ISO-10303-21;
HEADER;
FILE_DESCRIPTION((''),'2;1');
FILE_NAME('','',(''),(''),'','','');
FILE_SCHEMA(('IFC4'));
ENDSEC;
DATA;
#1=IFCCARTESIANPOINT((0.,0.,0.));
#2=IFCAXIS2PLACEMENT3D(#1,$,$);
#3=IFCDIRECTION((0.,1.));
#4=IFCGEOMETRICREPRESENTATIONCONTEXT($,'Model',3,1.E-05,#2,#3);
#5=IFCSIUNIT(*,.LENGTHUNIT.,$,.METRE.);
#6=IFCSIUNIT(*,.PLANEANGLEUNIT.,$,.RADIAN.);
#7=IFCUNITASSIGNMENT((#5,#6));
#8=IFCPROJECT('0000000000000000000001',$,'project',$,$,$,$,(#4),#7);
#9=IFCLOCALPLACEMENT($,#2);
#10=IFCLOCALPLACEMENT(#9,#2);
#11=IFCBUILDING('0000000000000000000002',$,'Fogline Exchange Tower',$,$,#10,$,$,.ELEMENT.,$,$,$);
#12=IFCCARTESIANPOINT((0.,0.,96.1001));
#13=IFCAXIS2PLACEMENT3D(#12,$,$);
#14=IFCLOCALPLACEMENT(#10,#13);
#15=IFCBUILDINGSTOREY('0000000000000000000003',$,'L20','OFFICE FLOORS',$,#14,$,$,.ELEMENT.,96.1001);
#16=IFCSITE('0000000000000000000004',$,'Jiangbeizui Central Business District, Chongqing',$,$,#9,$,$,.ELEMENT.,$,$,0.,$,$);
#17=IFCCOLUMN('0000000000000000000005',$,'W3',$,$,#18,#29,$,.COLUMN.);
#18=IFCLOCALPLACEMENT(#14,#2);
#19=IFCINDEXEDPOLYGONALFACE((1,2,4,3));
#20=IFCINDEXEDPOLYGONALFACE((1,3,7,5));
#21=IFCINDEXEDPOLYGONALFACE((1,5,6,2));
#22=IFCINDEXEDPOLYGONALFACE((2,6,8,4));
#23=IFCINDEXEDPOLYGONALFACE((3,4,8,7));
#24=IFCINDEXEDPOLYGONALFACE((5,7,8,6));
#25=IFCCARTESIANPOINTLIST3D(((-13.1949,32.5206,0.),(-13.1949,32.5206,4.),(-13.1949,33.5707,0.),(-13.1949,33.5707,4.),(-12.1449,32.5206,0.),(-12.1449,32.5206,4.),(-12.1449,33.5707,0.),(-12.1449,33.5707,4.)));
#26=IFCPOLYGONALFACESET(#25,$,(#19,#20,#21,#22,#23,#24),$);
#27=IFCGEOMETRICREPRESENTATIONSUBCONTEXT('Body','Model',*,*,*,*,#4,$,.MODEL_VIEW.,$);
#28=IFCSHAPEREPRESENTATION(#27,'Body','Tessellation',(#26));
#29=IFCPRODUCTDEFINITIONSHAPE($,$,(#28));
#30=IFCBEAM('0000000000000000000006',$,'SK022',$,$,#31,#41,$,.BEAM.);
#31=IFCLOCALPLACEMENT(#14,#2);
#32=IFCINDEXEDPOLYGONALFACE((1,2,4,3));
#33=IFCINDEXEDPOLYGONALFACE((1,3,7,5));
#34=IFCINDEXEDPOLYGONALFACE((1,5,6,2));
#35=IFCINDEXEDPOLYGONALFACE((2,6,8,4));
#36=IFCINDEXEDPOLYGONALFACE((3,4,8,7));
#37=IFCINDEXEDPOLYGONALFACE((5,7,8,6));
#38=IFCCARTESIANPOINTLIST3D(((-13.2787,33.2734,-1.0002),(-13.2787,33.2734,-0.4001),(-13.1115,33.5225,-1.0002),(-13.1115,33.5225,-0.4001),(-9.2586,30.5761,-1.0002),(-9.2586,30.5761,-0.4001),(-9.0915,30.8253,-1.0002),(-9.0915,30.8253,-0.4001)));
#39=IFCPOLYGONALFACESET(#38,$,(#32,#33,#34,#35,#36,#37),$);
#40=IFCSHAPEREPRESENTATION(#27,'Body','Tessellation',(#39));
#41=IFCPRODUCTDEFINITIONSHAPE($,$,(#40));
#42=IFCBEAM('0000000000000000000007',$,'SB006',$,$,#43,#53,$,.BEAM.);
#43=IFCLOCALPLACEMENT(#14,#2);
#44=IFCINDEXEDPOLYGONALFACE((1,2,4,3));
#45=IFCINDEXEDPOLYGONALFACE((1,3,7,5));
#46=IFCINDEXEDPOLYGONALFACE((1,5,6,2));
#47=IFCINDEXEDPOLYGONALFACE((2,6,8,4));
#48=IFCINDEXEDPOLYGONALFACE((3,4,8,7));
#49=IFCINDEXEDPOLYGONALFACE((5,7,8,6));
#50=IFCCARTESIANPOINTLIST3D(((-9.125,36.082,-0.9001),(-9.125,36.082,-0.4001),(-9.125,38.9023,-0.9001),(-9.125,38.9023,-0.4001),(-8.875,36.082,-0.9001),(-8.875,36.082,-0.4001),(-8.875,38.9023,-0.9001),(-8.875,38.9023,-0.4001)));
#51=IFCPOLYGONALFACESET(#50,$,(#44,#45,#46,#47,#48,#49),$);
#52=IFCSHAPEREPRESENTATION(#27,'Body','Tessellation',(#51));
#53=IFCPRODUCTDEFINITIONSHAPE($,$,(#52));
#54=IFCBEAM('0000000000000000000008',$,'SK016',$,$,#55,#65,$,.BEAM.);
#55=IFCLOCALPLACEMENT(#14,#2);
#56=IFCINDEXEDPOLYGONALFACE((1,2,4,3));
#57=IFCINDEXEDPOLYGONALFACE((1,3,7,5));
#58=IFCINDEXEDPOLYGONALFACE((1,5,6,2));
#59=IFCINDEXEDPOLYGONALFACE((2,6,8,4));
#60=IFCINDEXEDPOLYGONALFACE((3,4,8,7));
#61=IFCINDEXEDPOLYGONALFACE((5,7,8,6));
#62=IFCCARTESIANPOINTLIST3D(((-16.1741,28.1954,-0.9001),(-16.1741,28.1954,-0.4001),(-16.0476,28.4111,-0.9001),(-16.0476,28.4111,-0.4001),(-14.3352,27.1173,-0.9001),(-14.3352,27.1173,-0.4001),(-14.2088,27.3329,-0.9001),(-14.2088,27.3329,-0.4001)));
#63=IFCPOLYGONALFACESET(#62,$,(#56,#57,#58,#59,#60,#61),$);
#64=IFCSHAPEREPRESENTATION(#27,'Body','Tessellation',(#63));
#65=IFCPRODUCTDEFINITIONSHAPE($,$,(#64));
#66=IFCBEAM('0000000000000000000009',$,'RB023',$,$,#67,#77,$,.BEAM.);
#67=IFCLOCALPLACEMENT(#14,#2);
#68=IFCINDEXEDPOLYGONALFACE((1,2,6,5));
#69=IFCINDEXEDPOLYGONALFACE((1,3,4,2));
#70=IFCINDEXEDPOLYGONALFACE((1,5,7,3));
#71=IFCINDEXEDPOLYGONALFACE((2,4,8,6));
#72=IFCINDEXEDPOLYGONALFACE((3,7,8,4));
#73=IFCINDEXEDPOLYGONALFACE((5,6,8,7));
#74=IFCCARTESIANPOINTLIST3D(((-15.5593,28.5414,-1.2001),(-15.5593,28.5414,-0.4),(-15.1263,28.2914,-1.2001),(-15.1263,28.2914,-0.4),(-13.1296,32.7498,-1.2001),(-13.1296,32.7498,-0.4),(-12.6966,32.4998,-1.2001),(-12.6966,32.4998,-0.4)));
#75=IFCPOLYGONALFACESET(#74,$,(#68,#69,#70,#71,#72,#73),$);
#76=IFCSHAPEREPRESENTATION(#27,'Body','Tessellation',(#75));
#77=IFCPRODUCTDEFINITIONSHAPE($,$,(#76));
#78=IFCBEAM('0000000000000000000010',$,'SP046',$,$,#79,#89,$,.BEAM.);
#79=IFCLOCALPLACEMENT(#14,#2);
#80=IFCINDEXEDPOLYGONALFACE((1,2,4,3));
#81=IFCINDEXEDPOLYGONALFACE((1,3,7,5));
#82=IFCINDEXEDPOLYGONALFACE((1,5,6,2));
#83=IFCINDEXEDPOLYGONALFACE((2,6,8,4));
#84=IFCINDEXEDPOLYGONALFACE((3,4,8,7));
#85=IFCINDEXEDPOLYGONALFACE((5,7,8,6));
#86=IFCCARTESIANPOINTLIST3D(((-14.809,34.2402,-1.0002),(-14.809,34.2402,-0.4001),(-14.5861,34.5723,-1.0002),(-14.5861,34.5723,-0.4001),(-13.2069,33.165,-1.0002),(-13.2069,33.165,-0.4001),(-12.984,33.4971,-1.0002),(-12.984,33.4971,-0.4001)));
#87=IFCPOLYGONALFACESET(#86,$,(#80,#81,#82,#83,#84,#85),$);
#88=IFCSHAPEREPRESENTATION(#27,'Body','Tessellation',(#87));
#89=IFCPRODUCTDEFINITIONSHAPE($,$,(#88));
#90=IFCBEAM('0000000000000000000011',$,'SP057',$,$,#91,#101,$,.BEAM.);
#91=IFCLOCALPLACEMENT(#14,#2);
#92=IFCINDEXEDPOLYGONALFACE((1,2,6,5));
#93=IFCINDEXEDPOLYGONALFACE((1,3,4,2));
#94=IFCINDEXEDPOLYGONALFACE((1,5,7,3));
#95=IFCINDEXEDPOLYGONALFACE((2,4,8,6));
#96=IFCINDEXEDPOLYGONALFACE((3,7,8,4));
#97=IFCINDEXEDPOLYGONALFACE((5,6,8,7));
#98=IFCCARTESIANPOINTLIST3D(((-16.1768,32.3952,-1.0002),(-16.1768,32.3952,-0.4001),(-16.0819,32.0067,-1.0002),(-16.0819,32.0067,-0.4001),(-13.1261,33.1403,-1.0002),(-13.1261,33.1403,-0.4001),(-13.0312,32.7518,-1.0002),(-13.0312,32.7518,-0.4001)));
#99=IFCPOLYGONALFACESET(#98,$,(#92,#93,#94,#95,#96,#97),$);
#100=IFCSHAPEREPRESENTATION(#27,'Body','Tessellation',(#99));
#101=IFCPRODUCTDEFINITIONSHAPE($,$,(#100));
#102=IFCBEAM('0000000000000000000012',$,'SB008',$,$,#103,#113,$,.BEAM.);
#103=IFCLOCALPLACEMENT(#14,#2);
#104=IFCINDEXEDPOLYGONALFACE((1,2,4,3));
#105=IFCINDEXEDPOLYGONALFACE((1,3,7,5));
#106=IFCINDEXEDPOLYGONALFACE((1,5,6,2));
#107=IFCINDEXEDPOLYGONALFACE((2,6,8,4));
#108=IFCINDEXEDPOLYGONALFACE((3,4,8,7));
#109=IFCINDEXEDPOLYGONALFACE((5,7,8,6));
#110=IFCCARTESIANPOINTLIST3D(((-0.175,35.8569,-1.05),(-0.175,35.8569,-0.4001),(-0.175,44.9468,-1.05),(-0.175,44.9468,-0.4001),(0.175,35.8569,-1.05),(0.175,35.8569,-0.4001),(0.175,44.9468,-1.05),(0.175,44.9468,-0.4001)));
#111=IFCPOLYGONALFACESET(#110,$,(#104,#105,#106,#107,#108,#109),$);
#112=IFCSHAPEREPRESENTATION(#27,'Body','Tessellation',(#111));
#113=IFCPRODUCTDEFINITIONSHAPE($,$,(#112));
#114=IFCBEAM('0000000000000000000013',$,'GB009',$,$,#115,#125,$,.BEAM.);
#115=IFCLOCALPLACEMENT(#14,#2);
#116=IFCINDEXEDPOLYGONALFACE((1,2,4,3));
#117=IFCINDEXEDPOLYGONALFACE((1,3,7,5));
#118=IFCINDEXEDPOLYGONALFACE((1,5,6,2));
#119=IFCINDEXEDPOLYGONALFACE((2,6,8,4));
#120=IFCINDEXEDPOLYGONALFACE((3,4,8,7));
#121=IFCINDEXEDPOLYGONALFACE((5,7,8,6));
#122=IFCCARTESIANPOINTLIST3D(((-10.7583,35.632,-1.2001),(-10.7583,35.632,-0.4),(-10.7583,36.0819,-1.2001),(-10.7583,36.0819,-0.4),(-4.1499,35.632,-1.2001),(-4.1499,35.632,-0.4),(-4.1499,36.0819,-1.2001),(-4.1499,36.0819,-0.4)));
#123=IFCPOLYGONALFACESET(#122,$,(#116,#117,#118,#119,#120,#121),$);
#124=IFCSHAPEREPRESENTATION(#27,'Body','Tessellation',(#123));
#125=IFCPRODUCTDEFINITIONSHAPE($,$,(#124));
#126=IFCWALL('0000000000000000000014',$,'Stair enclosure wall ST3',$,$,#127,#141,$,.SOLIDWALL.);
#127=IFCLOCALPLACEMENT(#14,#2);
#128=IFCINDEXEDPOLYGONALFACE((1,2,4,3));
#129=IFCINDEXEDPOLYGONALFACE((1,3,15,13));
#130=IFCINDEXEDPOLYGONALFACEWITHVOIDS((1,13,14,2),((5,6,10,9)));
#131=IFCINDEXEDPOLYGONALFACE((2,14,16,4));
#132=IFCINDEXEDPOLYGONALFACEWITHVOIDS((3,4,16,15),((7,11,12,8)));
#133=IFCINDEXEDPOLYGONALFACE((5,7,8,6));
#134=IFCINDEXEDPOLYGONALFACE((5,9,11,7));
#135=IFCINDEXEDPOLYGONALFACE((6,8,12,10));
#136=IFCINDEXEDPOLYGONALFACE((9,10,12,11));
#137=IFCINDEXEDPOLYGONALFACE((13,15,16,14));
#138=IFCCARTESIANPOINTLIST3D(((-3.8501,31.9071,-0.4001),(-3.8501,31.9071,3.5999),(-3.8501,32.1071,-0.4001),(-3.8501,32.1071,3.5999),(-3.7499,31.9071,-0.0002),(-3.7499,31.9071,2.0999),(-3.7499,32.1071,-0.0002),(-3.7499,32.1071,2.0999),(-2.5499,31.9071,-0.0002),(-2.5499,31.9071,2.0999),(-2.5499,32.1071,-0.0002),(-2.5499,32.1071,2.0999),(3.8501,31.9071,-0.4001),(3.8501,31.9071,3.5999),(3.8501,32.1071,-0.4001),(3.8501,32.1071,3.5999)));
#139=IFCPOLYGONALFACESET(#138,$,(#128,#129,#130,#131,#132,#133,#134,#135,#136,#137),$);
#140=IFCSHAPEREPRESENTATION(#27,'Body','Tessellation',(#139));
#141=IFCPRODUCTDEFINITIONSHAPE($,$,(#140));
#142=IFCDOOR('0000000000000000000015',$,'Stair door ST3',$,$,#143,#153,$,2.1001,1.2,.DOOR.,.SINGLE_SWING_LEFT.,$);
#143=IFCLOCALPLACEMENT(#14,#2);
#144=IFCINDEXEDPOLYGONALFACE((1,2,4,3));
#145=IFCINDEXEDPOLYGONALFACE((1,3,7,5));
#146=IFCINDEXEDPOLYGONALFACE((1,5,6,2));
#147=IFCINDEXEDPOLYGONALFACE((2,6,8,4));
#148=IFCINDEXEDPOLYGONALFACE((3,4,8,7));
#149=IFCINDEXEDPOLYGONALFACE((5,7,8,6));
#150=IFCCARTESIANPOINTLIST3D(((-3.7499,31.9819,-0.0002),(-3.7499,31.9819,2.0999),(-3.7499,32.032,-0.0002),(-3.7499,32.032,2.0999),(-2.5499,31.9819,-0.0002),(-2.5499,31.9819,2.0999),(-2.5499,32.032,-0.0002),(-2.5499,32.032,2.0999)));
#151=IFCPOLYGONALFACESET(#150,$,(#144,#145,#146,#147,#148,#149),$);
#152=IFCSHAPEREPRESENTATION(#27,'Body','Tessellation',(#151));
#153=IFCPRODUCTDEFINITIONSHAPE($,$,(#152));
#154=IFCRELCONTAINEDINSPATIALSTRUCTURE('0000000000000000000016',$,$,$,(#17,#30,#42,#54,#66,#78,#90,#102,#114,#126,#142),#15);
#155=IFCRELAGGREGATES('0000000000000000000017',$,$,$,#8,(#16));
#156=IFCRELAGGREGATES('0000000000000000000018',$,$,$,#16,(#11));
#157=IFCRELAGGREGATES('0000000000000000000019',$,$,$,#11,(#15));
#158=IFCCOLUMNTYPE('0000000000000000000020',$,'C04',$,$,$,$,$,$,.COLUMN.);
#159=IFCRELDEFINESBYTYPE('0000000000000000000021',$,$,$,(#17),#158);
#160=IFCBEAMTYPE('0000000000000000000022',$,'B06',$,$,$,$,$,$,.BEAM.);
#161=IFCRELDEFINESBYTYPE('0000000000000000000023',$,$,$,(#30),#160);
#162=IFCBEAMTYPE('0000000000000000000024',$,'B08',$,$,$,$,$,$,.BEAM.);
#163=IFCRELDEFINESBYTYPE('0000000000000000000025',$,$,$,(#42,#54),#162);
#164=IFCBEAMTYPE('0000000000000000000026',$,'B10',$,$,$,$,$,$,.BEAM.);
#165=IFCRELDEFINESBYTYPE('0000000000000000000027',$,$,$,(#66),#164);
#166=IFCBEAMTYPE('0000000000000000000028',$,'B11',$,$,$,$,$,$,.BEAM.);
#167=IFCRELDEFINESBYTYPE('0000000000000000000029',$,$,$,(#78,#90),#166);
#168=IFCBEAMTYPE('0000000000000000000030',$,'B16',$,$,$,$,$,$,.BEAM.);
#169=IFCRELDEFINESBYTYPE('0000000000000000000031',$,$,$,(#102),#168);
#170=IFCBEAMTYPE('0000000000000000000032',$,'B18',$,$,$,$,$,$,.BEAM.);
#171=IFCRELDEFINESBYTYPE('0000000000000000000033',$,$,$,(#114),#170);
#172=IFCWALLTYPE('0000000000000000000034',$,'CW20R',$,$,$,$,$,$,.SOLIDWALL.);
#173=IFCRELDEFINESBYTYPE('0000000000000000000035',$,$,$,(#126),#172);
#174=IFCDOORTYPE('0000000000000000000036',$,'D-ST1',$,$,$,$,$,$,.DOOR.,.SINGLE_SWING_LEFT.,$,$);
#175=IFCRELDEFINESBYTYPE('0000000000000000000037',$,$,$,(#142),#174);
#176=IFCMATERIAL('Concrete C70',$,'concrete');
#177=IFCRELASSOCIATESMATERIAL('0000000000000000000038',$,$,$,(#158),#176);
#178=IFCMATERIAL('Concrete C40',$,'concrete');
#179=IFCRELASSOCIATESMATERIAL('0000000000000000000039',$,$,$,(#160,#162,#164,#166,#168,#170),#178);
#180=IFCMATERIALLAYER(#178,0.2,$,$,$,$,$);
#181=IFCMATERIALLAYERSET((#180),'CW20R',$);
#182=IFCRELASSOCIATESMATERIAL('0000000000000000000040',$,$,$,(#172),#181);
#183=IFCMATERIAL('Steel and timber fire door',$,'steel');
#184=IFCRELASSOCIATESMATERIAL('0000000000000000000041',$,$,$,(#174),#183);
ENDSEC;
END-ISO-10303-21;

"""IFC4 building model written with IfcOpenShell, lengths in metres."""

from ifc_helpers import new_model, si_unit, direction, frame, frame_2d, origin, origin_2d, place, context, subcontext, project, spatial, rectangle, extrude, material, layer, layer_set, material_profile, profile_set, type_object, element, fill, save


model = new_model("IFC4")

# Units and contexts
model_context = context("Model", 3, precision=1e-05, world=origin(), true_north=direction((0.0, 1.0)))
body_context = subcontext(model_context, "Body", "Model", "MODEL_VIEW")
ifc_project = project(units=[si_unit("LENGTHUNIT", "METRE"), si_unit("PLANEANGLEUNIT", "RADIAN")], contexts=[model_context])

# Site, building, storey
site_placement = place(None, origin())
site = spatial("IfcSite", under=ifc_project, at=site_placement, Name="Jiangbeizui Central Business District, Chongqing", CompositionType="ELEMENT", RefElevation=0.0)
building_placement = place(site_placement, origin())
building = spatial("IfcBuilding", under=site, at=building_placement, Name="Fogline Exchange Tower", CompositionType="ELEMENT")
storey_placement = place(building_placement, frame((0.0, 0.0, 96.1001)))
storey = spatial("IfcBuildingStorey", under=building, at=storey_placement, Name="L20", Description="OFFICE FLOORS", CompositionType="ELEMENT", Elevation=96.1001)

# Column
ifc_material_1 = material(Name="Concrete C70", Category="concrete")
ifc_material_profile_1 = material_profile(ifc_material_1, rectangle(XDim=1.05, YDim=1.05, at=origin_2d()), Name="RC 1050x1050")
ifc_profile_set_1 = profile_set([ifc_material_profile_1], Name="Concrete C70")
column_type = type_object("IfcColumnType", Name="C04", PredefinedType="COLUMN", material=ifc_profile_set_1)
column_placement = place(storey_placement, frame((-12.6699, 33.0457, 0.0), z_axis=(0.0, 0.0, 1.0), x_axis=(1.0, 0.0, 0.0)))
element("IfcColumn", 1, at=column_placement, inside=storey, type_object=column_type, Name="W3", PredefinedType="COLUMN", context=body_context, shape_type="SweptSolid", body=[
    extrude(rectangle(XDim=1.05, YDim=1.05, at=origin_2d()), origin(), (0.0, 0.0, 1.0), 4.0),
])

# Beams
ifc_material_2 = material(Name="Concrete C40", Category="concrete")
ifc_material_profile_2 = material_profile(ifc_material_2, rectangle(XDim=0.3, YDim=0.6001, at=origin_2d()), Name="RC 300x600")
ifc_profile_set_2 = profile_set([ifc_material_profile_2], Name="Concrete C40")
beam_type_1 = type_object("IfcBeamType", Name="B06", PredefinedType="BEAM", material=ifc_profile_set_2)
beam_1_placement = place(storey_placement, frame((-13.1951, 33.3979, -0.7002), z_axis=(0.830402, -0.557165, 0.0), x_axis=(0.557165, 0.830402, 0.0)))
element("IfcBeam", 2, at=beam_1_placement, inside=storey, type_object=beam_type_1, Name="SK022", PredefinedType="BEAM", context=body_context, shape_type="SweptSolid", body=[
    extrude(rectangle(XDim=0.3, YDim=0.6001, at=origin_2d()), origin(), (0.0, 0.0, 1.0), 4.8411),
])
ifc_material_profile_3 = material_profile(ifc_material_2, rectangle(XDim=0.25, YDim=0.5, at=origin_2d()), Name="RC 250x500")
ifc_profile_set_3 = profile_set([ifc_material_profile_3], Name="Concrete C40")
beam_type_2 = type_object("IfcBeamType", Name="B08", PredefinedType="BEAM", material=ifc_profile_set_3)
beam_2_placement = place(storey_placement, frame((-9.0, 36.082, -0.6501), z_axis=(0.0, 1.0, 0.0), x_axis=(-1.0, 0.0, 0.0)))
element("IfcBeam", 3, at=beam_2_placement, inside=storey, type_object=beam_type_2, Name="SB006", PredefinedType="BEAM", context=body_context, shape_type="SweptSolid", body=[
    extrude(rectangle(XDim=0.25, YDim=0.5, at=origin_2d()), origin(), (0.0, 0.0, 1.0), 2.8203),
])
beam_3_placement = place(storey_placement, frame((-16.1108, 28.3032, -0.6501), z_axis=(0.862664, -0.505778, 0.0), x_axis=(0.505778, 0.862664, 0.0)))
element("IfcBeam", 4, at=beam_3_placement, inside=storey, type_object=beam_type_2, Name="SK016", PredefinedType="BEAM", context=body_context, shape_type="SweptSolid", body=[
    extrude(rectangle(XDim=0.25, YDim=0.5, at=origin_2d()), origin(), (0.0, 0.0, 1.0), 2.1316),
])
ifc_material_profile_4 = material_profile(ifc_material_2, rectangle(XDim=0.5, YDim=0.8, at=origin_2d()), Name="RC 500x800")
ifc_profile_set_4 = profile_set([ifc_material_profile_4], Name="Concrete C40")
beam_type_3 = type_object("IfcBeamType", Name="B10", PredefinedType="BEAM", material=ifc_profile_set_4)
beam_4_placement = place(storey_placement, frame((-12.9131, 32.6248, -0.8), z_axis=(-0.500008, -0.866021, 0.0), x_axis=(0.866021, -0.500008, 0.0)))
element("IfcBeam", 5, at=beam_4_placement, inside=storey, type_object=beam_type_3, Name="RB023", PredefinedType="BEAM", context=body_context, shape_type="SweptSolid", body=[
    extrude(rectangle(XDim=0.5, YDim=0.8, at=origin_2d()), origin(), (0.0, 0.0, 1.0), 4.8594),
])
ifc_material_profile_5 = material_profile(ifc_material_2, rectangle(XDim=0.3999, YDim=0.6001, at=origin_2d()), Name="RC 400x600")
ifc_profile_set_5 = profile_set([ifc_material_profile_5], Name="Concrete C40")
beam_type_4 = type_object("IfcBeamType", Name="B11", PredefinedType="BEAM", material=ifc_profile_set_5)
beam_5_placement = place(storey_placement, frame((-13.0955, 33.3311, -0.7002), z_axis=(-0.830333, 0.557267, 0.0), x_axis=(-0.557267, -0.830333, 0.0)))
element("IfcBeam", 6, at=beam_5_placement, inside=storey, type_object=beam_type_4, Name="SP046", PredefinedType="BEAM", context=body_context, shape_type="SweptSolid", body=[
    extrude(rectangle(XDim=0.3999, YDim=0.6001, at=origin_2d()), origin(), (0.0, 0.0, 1.0), 1.9294),
])
beam_6_placement = place(storey_placement, frame((-13.0786, 32.946, -0.7002), z_axis=(-0.971445, -0.237264, 0.0), x_axis=(0.237264, -0.971445, 0.0)))
element("IfcBeam", 7, at=beam_6_placement, inside=storey, type_object=beam_type_4, Name="SP057", PredefinedType="BEAM", context=body_context, shape_type="SweptSolid", body=[
    extrude(rectangle(XDim=0.3999, YDim=0.6001, at=origin_2d()), origin(), (0.0, 0.0, 1.0), 3.1404),
])
ifc_material_profile_6 = material_profile(ifc_material_2, rectangle(XDim=0.3501, YDim=0.6499, at=origin_2d()), Name="RC 350x650")
ifc_profile_set_6 = profile_set([ifc_material_profile_6], Name="Concrete C40")
beam_type_5 = type_object("IfcBeamType", Name="B16", PredefinedType="BEAM", material=ifc_profile_set_6)
beam_7_placement = place(storey_placement, frame((0.0, 35.8569, -0.7251), z_axis=(0.0, 1.0, 0.0), x_axis=(-1.0, 0.0, 0.0)))
element("IfcBeam", 8, at=beam_7_placement, inside=storey, type_object=beam_type_5, Name="SB008", PredefinedType="BEAM", context=body_context, shape_type="SweptSolid", body=[
    extrude(rectangle(XDim=0.3501, YDim=0.6499, at=origin_2d()), origin(), (0.0, 0.0, 1.0), 9.0898),
])
ifc_material_profile_7 = material_profile(ifc_material_2, rectangle(XDim=0.45, YDim=0.8, at=origin_2d()), Name="RC 450x800")
ifc_profile_set_7 = profile_set([ifc_material_profile_7], Name="Concrete C40")
beam_type_6 = type_object("IfcBeamType", Name="B18", PredefinedType="BEAM", material=ifc_profile_set_7)
beam_8_placement = place(storey_placement, frame((-10.7583, 35.8569, -0.8), z_axis=(1.0, 0.0, 0.0), x_axis=(0.0, 1.0, 0.0)))
element("IfcBeam", 9, at=beam_8_placement, inside=storey, type_object=beam_type_6, Name="GB009", PredefinedType="BEAM", context=body_context, shape_type="SweptSolid", body=[
    extrude(rectangle(XDim=0.45, YDim=0.8, at=origin_2d()), origin(), (0.0, 0.0, 1.0), 6.6084),
])

# Wall, opening, door
ifc_layer_1 = layer(ifc_material_2, 0.2)
ifc_layer_set_1 = layer_set([ifc_layer_1], Name="CW20R")
wall_type_1 = type_object("IfcWallType", Name="CW20R", PredefinedType="SOLIDWALL", material=ifc_layer_set_1)
wall_1_placement = place(storey_placement, frame((-3.8501, 32.0071, -0.4001), z_axis=(0.0, 0.0, 1.0), x_axis=(1.0, 0.0, 0.0)))
wall_1 = element("IfcWall", 10, at=wall_1_placement, inside=storey, type_object=wall_type_1, Name="Stair enclosure wall ST3", PredefinedType="SOLIDWALL", context=body_context, shape_type="SweptSolid", body=[
    extrude(rectangle(XDim=7.7002, YDim=0.2, at=frame_2d((3.8501, 0.0))), origin(), (0.0, 0.0, 1.0), 4.0),
])
opening_1_placement = place(wall_1_placement, frame((0.1001, 0.0, 0.3999)))
opening_1 = element("IfcOpeningElement", 11, at=opening_1_placement, cuts=wall_1, PredefinedType="OPENING", context=body_context, shape_type="SweptSolid", body=[
    extrude(rectangle(XDim=1.2, YDim=2.1001, at=frame_2d((0.6001, 1.05))), frame((0.0, 0.1099, 0.0), z_axis=(0.0, -1.0, 0.0), x_axis=(1.0, 0.0, 0.0)), (0.0, 0.0, 1.0), 0.22),
])
ifc_material_3 = material(Name="Steel and timber fire door", Category="steel")
door_type_1 = type_object("IfcDoorType", Name="D-ST1", OperationType="SINGLE_SWING_LEFT", PredefinedType="DOOR", material=ifc_material_3)
door_1_placement = place(opening_1_placement, origin())
door_1 = element("IfcDoor", 12, at=door_1_placement, inside=storey, type_object=door_type_1, Name="Stair door ST3", OperationType="SINGLE_SWING_LEFT", OverallHeight=2.1001, OverallWidth=1.2, PredefinedType="DOOR", context=body_context, shape_type="SweptSolid", body=[
    extrude(rectangle(XDim=1.2, YDim=2.1001, at=frame_2d((0.6001, 1.05))), frame((0.0, 0.0249, 0.0), z_axis=(0.0, -1.0, 0.0), x_axis=(1.0, 0.0, 0.0)), (0.0, 0.0, 1.0), 0.05),
])
fill(opening_1, door_1)

save(model, "model.ifc")
